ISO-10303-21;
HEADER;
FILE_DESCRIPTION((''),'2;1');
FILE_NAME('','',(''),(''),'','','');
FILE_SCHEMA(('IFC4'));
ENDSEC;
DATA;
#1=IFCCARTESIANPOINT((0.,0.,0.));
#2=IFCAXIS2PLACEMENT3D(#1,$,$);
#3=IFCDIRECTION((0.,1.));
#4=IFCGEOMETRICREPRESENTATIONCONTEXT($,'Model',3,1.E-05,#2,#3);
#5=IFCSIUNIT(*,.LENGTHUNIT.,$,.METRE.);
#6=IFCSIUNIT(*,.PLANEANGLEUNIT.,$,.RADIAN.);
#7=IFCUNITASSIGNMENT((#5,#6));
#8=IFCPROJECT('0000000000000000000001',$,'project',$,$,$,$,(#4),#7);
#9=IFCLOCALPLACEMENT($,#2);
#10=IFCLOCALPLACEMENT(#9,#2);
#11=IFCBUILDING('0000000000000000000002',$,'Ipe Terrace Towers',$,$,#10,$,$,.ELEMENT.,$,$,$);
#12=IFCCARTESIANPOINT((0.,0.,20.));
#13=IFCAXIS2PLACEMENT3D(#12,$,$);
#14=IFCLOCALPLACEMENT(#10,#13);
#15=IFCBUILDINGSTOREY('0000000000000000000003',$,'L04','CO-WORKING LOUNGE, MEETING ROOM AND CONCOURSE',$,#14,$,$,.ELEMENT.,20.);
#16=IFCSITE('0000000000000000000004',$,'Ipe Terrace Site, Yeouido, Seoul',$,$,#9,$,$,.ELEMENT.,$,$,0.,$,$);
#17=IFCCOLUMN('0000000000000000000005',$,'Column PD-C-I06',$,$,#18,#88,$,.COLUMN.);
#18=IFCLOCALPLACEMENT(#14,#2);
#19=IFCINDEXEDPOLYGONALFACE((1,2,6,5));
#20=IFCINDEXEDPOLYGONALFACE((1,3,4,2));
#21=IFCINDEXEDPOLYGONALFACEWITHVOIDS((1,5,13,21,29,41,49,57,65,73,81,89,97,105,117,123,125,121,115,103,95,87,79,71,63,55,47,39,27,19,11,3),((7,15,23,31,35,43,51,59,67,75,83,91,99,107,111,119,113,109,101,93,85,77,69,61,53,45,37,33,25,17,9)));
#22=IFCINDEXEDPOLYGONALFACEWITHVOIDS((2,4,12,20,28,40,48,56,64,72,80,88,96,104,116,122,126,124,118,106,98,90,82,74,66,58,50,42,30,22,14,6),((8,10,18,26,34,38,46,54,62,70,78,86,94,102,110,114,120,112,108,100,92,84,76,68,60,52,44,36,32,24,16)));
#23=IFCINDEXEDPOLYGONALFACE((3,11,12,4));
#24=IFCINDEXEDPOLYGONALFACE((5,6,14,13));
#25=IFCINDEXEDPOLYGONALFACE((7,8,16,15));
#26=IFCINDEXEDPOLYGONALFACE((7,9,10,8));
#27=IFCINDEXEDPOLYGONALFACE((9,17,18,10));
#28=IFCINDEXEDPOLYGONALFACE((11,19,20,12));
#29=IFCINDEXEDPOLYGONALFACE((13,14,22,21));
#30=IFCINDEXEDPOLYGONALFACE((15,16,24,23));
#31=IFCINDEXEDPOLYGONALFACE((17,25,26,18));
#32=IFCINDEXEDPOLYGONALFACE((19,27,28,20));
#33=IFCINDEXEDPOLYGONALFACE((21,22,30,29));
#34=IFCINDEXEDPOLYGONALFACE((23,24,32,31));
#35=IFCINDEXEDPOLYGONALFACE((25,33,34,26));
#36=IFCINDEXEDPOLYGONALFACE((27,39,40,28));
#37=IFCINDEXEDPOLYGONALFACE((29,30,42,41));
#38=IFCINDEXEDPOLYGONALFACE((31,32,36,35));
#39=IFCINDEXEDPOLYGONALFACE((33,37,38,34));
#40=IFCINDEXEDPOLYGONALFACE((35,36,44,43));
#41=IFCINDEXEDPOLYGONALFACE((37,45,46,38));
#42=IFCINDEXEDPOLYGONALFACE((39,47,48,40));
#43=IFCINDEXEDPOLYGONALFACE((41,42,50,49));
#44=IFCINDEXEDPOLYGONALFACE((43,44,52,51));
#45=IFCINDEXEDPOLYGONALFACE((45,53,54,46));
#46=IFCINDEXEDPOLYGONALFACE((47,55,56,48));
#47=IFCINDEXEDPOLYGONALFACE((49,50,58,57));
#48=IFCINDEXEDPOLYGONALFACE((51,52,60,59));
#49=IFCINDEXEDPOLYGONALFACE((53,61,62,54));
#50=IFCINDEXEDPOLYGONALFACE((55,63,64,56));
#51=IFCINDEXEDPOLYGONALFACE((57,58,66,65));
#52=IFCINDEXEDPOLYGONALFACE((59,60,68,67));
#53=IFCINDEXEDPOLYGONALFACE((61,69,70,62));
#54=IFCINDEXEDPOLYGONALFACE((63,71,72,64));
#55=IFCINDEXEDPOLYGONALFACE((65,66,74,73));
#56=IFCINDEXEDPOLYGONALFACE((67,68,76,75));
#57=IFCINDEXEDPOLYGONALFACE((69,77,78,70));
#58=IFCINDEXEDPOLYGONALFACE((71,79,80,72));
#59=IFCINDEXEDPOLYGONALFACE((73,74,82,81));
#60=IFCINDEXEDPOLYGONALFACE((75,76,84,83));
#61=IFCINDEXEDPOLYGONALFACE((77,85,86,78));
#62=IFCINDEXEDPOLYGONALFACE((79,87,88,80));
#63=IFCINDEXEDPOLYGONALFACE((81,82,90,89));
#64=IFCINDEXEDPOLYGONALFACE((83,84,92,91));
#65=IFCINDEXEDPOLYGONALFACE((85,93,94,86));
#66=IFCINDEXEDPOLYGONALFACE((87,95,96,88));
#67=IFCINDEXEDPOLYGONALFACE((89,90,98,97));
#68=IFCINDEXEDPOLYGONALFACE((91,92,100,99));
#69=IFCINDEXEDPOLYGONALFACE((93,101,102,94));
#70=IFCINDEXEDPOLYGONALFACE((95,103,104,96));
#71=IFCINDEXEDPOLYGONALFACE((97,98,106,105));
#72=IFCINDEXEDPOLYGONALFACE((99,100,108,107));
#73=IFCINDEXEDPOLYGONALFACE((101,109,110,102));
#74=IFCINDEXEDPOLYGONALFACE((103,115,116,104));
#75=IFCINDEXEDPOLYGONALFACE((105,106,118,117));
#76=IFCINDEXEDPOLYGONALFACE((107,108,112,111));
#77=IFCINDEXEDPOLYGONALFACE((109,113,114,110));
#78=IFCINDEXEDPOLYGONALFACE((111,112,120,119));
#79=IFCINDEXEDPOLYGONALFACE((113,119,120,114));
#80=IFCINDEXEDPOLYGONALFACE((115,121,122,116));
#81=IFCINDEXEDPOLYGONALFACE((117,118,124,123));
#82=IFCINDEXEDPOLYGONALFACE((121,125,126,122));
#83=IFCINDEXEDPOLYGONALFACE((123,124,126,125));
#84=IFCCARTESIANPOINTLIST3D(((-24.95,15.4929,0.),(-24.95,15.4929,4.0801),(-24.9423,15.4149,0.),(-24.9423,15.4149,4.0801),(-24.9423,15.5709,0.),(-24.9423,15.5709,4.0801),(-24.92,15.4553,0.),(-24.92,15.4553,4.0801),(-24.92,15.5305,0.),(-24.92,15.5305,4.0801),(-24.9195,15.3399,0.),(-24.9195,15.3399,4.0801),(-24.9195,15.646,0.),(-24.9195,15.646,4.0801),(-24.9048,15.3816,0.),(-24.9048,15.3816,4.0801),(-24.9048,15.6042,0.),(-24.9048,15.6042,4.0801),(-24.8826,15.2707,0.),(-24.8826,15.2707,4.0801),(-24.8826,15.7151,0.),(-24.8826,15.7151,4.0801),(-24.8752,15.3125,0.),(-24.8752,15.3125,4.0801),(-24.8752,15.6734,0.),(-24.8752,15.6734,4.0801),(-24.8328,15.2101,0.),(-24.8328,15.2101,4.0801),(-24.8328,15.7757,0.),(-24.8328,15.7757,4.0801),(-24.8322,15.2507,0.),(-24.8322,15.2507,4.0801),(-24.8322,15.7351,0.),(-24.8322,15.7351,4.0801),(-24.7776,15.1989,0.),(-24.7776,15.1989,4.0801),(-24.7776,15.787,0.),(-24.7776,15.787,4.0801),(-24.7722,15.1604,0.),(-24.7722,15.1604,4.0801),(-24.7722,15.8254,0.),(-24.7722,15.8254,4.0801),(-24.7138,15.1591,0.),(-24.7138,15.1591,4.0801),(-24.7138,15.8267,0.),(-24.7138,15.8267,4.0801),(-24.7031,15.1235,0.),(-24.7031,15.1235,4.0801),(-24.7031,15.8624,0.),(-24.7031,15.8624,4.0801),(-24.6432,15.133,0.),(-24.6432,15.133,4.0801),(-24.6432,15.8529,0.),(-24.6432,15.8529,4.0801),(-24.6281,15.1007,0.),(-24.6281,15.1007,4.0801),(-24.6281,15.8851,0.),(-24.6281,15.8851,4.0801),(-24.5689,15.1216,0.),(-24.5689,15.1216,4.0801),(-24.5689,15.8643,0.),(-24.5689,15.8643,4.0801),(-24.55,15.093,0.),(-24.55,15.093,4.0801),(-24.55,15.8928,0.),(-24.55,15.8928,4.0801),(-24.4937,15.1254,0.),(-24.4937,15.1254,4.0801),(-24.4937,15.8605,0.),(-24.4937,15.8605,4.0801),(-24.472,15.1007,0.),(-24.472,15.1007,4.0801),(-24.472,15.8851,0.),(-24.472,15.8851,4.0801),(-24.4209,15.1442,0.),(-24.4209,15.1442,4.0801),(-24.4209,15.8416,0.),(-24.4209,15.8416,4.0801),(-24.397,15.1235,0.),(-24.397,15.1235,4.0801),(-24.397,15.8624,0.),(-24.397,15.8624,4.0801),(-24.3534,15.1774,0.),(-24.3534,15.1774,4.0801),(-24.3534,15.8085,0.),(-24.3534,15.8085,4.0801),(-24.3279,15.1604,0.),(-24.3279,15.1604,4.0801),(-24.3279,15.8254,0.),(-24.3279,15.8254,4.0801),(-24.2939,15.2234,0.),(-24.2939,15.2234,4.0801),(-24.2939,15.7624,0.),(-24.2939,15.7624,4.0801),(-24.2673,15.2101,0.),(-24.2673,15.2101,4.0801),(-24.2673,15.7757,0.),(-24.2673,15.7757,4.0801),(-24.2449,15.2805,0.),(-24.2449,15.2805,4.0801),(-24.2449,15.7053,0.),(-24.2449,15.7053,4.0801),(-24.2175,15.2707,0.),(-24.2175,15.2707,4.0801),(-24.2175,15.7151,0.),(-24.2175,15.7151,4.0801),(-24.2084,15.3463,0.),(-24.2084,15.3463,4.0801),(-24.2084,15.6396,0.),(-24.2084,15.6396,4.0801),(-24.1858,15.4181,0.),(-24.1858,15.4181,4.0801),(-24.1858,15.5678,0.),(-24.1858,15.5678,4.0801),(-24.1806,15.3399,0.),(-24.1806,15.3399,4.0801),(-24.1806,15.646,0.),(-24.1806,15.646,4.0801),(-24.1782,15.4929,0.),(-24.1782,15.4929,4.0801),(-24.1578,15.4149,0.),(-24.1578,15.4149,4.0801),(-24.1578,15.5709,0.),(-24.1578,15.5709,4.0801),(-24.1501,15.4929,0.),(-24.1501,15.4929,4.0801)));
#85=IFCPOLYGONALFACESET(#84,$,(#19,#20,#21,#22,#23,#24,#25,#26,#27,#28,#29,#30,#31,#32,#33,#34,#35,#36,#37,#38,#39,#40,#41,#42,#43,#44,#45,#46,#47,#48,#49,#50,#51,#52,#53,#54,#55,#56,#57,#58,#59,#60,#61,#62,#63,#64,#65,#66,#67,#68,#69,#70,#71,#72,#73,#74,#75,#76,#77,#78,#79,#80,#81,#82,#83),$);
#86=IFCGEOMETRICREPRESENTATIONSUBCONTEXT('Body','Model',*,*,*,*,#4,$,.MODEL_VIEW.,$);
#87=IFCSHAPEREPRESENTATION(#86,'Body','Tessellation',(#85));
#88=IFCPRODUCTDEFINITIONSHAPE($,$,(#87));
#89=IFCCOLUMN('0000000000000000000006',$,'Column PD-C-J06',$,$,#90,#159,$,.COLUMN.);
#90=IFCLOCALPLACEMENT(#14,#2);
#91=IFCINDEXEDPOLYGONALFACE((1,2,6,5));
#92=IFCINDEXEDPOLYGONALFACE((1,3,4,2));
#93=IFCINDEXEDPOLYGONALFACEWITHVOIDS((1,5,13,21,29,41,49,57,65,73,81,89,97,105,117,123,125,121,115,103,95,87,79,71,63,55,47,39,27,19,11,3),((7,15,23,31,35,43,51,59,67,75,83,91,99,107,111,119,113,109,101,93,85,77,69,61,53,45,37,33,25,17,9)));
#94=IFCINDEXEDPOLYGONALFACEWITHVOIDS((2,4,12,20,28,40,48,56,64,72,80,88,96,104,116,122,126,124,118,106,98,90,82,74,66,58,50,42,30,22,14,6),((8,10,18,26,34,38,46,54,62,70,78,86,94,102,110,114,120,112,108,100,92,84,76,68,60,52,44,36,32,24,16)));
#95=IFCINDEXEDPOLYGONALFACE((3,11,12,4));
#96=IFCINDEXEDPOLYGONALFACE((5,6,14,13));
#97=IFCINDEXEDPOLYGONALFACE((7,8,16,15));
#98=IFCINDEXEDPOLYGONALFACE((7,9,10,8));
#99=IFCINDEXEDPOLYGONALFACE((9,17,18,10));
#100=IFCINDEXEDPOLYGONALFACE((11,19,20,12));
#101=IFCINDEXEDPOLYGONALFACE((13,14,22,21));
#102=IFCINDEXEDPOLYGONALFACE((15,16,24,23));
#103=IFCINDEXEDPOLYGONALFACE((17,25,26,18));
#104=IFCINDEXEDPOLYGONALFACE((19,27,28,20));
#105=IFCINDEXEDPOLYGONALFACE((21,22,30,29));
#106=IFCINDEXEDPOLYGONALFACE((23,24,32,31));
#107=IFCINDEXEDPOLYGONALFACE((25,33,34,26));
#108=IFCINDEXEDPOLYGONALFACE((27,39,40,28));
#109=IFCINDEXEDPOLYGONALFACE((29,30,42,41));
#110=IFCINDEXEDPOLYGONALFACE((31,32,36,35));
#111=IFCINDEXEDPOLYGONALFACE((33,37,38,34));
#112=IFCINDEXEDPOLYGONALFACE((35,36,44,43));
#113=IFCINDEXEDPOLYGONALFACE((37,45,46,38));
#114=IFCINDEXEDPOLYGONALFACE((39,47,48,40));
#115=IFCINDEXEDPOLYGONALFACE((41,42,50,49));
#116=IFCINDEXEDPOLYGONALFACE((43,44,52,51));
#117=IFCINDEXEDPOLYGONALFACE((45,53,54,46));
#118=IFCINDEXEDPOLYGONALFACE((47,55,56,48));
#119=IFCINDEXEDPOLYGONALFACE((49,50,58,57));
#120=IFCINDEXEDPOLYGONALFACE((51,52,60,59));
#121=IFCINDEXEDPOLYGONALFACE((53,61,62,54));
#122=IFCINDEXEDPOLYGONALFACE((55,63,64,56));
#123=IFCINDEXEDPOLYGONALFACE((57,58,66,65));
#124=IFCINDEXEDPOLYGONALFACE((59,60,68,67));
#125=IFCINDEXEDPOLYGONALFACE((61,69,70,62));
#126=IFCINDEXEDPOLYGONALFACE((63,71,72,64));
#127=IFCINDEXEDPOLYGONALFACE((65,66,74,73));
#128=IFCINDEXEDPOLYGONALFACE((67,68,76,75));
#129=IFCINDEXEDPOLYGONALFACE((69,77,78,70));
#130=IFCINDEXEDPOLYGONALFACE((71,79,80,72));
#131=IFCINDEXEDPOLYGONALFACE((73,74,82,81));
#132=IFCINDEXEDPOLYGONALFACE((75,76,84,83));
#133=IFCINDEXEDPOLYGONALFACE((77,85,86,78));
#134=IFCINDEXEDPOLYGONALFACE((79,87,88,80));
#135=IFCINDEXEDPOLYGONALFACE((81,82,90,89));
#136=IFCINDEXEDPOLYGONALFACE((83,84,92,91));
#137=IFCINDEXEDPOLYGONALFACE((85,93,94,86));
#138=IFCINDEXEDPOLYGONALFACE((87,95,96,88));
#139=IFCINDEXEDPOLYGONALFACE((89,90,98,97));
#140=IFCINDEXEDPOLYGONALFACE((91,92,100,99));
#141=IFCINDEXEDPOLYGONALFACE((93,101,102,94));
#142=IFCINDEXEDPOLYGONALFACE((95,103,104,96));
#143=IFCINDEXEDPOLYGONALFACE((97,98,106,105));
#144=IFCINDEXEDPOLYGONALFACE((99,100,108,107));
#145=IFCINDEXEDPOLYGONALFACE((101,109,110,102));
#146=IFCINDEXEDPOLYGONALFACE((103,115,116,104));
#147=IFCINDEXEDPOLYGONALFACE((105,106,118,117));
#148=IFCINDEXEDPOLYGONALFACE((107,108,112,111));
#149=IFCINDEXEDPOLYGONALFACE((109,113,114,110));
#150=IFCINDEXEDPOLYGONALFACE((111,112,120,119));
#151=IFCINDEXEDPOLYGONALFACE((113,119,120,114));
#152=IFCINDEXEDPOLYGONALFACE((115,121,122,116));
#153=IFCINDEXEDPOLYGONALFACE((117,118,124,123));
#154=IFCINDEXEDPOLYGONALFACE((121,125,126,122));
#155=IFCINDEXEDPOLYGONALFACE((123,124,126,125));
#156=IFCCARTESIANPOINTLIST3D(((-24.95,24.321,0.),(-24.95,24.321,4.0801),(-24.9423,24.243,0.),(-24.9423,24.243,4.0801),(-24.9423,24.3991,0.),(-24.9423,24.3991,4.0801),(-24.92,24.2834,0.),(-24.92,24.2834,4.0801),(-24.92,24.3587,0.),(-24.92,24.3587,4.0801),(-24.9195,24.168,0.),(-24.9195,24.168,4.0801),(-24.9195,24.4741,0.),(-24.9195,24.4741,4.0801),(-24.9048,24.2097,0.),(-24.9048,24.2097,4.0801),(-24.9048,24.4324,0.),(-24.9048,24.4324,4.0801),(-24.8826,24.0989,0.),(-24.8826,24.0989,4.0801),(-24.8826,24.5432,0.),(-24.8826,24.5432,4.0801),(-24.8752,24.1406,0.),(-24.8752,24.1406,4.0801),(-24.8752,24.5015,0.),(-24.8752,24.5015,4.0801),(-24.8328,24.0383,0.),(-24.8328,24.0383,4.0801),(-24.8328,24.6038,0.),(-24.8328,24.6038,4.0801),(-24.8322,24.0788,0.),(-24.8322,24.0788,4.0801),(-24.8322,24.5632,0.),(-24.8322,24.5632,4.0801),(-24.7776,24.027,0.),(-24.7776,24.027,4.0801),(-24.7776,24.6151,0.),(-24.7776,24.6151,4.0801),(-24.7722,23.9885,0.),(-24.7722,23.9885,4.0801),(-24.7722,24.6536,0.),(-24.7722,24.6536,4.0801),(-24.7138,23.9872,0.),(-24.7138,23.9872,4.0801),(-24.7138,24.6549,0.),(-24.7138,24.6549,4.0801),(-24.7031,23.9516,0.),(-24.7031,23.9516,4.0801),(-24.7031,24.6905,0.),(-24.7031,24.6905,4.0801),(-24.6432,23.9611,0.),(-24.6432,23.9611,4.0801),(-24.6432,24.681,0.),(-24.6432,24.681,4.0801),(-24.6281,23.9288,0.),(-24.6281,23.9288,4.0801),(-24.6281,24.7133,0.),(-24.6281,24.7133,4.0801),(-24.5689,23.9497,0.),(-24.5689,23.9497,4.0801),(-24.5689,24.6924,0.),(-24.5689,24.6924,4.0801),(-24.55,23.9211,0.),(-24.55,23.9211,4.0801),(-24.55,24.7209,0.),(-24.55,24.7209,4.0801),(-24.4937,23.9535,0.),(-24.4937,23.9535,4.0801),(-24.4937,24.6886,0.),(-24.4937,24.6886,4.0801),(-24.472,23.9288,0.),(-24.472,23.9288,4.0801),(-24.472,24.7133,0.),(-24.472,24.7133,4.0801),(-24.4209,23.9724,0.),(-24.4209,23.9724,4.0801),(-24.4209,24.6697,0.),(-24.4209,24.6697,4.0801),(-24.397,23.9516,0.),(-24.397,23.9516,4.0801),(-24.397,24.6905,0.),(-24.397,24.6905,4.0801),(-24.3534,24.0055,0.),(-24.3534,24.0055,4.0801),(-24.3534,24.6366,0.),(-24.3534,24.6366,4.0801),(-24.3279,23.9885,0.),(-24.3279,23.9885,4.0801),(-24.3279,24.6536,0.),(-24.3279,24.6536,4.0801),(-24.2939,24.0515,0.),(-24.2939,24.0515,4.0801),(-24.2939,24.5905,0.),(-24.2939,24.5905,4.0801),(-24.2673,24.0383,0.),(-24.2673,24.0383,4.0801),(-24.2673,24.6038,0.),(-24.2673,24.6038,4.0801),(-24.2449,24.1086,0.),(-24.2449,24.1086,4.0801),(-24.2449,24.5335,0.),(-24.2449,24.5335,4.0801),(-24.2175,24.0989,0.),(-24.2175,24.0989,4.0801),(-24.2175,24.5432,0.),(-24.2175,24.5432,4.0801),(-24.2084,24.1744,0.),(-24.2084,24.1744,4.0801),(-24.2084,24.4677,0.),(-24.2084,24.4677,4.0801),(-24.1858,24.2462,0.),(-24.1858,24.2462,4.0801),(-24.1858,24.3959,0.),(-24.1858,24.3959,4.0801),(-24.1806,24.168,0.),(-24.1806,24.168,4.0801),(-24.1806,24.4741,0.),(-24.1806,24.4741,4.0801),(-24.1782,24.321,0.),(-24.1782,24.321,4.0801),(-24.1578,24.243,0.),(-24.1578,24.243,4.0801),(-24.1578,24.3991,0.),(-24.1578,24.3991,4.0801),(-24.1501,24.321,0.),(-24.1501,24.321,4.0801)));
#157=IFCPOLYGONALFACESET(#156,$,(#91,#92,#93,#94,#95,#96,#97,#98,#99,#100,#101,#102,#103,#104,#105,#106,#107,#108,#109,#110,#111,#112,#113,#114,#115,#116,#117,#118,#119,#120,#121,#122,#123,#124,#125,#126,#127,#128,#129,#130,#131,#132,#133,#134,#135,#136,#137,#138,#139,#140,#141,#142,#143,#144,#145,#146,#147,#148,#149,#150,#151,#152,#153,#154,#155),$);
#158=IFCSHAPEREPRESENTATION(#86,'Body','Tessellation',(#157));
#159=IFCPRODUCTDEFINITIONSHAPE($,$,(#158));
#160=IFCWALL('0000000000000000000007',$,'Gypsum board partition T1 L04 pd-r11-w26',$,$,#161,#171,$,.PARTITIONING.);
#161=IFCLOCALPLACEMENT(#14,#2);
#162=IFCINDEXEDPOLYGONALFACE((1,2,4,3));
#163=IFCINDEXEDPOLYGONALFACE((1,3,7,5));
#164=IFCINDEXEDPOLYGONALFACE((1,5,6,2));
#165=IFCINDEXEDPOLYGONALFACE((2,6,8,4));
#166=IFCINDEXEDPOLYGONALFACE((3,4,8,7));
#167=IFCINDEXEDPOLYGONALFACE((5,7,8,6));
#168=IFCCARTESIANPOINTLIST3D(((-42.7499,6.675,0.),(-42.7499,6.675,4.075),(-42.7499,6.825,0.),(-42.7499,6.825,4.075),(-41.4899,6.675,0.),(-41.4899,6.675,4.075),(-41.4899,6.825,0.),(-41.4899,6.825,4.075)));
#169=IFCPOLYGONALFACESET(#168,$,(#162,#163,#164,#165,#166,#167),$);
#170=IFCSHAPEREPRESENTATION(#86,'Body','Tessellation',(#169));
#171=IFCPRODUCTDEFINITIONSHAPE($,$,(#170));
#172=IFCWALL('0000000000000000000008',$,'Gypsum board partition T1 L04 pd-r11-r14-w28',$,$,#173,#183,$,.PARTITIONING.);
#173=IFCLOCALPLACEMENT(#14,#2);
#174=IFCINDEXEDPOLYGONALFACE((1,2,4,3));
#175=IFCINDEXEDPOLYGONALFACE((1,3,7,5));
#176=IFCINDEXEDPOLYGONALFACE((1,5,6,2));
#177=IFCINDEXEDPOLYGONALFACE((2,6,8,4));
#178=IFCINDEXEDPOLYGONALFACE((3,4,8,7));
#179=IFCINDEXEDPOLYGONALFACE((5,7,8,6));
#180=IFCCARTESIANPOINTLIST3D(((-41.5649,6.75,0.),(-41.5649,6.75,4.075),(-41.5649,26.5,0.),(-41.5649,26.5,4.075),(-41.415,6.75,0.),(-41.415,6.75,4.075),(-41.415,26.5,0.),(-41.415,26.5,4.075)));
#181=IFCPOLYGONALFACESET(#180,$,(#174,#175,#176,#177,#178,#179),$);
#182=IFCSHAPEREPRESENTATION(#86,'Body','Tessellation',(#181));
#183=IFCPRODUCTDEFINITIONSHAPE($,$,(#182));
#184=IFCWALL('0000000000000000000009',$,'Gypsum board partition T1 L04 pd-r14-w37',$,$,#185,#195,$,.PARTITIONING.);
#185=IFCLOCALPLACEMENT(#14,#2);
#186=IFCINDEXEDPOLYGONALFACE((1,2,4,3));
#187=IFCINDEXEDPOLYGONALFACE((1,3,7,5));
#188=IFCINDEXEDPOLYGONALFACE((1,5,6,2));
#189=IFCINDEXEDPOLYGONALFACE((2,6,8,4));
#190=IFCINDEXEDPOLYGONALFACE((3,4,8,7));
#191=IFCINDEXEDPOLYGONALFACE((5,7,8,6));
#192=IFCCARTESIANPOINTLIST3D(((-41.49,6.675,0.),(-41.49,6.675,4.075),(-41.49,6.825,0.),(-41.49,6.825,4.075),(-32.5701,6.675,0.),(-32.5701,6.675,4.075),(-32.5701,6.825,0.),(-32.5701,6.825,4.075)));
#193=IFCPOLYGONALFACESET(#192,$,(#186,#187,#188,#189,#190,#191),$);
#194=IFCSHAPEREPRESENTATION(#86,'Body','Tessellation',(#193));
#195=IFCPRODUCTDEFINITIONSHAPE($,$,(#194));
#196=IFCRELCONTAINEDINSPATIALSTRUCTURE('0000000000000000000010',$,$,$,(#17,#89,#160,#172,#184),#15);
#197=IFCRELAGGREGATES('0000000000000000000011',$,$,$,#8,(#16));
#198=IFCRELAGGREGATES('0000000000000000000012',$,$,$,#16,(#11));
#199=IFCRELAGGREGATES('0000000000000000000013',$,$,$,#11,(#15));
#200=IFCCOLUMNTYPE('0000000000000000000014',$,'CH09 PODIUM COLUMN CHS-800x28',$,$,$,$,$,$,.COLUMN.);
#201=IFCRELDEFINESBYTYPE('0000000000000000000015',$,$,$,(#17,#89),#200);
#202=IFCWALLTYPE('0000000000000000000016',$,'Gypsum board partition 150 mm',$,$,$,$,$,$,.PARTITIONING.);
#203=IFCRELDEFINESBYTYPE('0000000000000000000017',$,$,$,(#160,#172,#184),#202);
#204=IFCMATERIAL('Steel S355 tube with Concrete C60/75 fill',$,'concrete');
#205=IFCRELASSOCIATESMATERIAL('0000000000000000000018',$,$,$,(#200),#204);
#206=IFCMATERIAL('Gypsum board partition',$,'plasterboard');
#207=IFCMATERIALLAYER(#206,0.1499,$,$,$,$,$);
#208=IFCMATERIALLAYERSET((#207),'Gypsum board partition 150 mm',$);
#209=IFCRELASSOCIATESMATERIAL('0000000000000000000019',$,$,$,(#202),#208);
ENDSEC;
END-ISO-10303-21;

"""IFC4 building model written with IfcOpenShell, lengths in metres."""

from ifc_helpers import new_model, si_unit, direction, frame, frame_2d, origin, origin_2d, place, context, subcontext, project, spatial, rectangle, hollow_circle, extrude, material, layer, layer_set, material_profile, profile_set, type_object, element, save


model = new_model("IFC4")

# Units and contexts
model_context = context("Model", 3, precision=1e-05, world=origin(), true_north=direction((0.0, 1.0)))
body_context = subcontext(model_context, "Body", "Model", "MODEL_VIEW")
ifc_project = project(units=[si_unit("LENGTHUNIT", "METRE"), si_unit("PLANEANGLEUNIT", "RADIAN")], contexts=[model_context])

# Site, building, storey
site_placement = place(None, origin())
site = spatial("IfcSite", under=ifc_project, at=site_placement, Name="Ipe Terrace Site, Yeouido, Seoul", CompositionType="ELEMENT", RefElevation=0.0)
building_placement = place(site_placement, origin())
building = spatial("IfcBuilding", under=site, at=building_placement, Name="Ipe Terrace Towers", CompositionType="ELEMENT")
storey_placement = place(building_placement, frame((0.0, 0.0, 20.0)))
storey = spatial("IfcBuildingStorey", under=building, at=storey_placement, Name="L04", Description="CO-WORKING LOUNGE, MEETING ROOM AND CONCOURSE", CompositionType="ELEMENT", Elevation=20.0)

# Columns
ifc_material_1 = material(Name="Steel S355 tube with Concrete C60/75 fill", Category="concrete")
ifc_material_profile_1 = material_profile(ifc_material_1, hollow_circle(Radius=0.3999, WallThickness=0.0281, at=origin_2d()), Name="CHS-800x28")
ifc_profile_set_1 = profile_set([ifc_material_profile_1], Name="Steel S355 tube with Concrete C60/75 fill")
column_type_1 = type_object("IfcColumnType", Name="CH09 PODIUM COLUMN CHS-800x28", PredefinedType="COLUMN", material=ifc_profile_set_1)
for number, where, z_axis, x_axis, name in (
    (1, (-24.55, 15.4929, 0.0), (0.0, 0.0, 1.0), (1.0, 0.0, 0.0), "Column PD-C-I06"),
    (2, (-24.55, 24.321, 0.0), (0.0, 0.0, 1.0), (1.0, 0.0, 0.0), "Column PD-C-J06"),
):
    element("IfcColumn", number, at=place(storey_placement, frame(where, z_axis=z_axis, x_axis=x_axis)), inside=storey, type_object=column_type_1, Name=name, PredefinedType="COLUMN", context=body_context, shape_type="SweptSolid", body=[
        extrude(hollow_circle(Radius=0.3999, WallThickness=0.0281, at=origin_2d()), origin(), (0.0, 0.0, 1.0), 4.0801),
    ])

# Walls
ifc_material_2 = material(Name="Gypsum board partition", Category="plasterboard")
ifc_layer_1 = layer(ifc_material_2, 0.1499)
ifc_layer_set_1 = layer_set([ifc_layer_1], Name="Gypsum board partition 150 mm")
wall_type_1 = type_object("IfcWallType", Name="Gypsum board partition 150 mm", PredefinedType="PARTITIONING", material=ifc_layer_set_1)
wall_1_placement = place(storey_placement, frame((-41.49, 6.75, 0.0), z_axis=(0.0, 0.0, 1.0), x_axis=(-1.0, 0.0, 0.0)))
element("IfcWall", 3, at=wall_1_placement, inside=storey, type_object=wall_type_1, Name="Gypsum board partition T1 L04 pd-r11-w26", PredefinedType="PARTITIONING", context=body_context, shape_type="SweptSolid", body=[
    extrude(rectangle(XDim=1.26, YDim=0.1499, at=frame_2d((0.6299, 0.0))), origin(), (0.0, 0.0, 1.0), 4.075),
])
wall_2_placement = place(storey_placement, frame((-41.49, 26.5, 0.0), z_axis=(0.0, 0.0, 1.0), x_axis=(0.0, -1.0, 0.0)))
element("IfcWall", 4, at=wall_2_placement, inside=storey, type_object=wall_type_1, Name="Gypsum board partition T1 L04 pd-r11-r14-w28", PredefinedType="PARTITIONING", context=body_context, shape_type="SweptSolid", body=[
    extrude(rectangle(XDim=19.75, YDim=0.1499, at=frame_2d((9.875, 0.0))), origin(), (0.0, 0.0, 1.0), 4.075),
])
wall_3_placement = place(storey_placement, frame((-32.5701, 6.75, 0.0), z_axis=(0.0, 0.0, 1.0), x_axis=(-1.0, 0.0, 0.0)))
element("IfcWall", 5, at=wall_3_placement, inside=storey, type_object=wall_type_1, Name="Gypsum board partition T1 L04 pd-r14-w37", PredefinedType="PARTITIONING", context=body_context, shape_type="SweptSolid", body=[
    extrude(rectangle(XDim=8.9199, YDim=0.1499, at=frame_2d((4.46, 0.0))), origin(), (0.0, 0.0, 1.0), 4.075),
])

save(model, "model.ifc")
